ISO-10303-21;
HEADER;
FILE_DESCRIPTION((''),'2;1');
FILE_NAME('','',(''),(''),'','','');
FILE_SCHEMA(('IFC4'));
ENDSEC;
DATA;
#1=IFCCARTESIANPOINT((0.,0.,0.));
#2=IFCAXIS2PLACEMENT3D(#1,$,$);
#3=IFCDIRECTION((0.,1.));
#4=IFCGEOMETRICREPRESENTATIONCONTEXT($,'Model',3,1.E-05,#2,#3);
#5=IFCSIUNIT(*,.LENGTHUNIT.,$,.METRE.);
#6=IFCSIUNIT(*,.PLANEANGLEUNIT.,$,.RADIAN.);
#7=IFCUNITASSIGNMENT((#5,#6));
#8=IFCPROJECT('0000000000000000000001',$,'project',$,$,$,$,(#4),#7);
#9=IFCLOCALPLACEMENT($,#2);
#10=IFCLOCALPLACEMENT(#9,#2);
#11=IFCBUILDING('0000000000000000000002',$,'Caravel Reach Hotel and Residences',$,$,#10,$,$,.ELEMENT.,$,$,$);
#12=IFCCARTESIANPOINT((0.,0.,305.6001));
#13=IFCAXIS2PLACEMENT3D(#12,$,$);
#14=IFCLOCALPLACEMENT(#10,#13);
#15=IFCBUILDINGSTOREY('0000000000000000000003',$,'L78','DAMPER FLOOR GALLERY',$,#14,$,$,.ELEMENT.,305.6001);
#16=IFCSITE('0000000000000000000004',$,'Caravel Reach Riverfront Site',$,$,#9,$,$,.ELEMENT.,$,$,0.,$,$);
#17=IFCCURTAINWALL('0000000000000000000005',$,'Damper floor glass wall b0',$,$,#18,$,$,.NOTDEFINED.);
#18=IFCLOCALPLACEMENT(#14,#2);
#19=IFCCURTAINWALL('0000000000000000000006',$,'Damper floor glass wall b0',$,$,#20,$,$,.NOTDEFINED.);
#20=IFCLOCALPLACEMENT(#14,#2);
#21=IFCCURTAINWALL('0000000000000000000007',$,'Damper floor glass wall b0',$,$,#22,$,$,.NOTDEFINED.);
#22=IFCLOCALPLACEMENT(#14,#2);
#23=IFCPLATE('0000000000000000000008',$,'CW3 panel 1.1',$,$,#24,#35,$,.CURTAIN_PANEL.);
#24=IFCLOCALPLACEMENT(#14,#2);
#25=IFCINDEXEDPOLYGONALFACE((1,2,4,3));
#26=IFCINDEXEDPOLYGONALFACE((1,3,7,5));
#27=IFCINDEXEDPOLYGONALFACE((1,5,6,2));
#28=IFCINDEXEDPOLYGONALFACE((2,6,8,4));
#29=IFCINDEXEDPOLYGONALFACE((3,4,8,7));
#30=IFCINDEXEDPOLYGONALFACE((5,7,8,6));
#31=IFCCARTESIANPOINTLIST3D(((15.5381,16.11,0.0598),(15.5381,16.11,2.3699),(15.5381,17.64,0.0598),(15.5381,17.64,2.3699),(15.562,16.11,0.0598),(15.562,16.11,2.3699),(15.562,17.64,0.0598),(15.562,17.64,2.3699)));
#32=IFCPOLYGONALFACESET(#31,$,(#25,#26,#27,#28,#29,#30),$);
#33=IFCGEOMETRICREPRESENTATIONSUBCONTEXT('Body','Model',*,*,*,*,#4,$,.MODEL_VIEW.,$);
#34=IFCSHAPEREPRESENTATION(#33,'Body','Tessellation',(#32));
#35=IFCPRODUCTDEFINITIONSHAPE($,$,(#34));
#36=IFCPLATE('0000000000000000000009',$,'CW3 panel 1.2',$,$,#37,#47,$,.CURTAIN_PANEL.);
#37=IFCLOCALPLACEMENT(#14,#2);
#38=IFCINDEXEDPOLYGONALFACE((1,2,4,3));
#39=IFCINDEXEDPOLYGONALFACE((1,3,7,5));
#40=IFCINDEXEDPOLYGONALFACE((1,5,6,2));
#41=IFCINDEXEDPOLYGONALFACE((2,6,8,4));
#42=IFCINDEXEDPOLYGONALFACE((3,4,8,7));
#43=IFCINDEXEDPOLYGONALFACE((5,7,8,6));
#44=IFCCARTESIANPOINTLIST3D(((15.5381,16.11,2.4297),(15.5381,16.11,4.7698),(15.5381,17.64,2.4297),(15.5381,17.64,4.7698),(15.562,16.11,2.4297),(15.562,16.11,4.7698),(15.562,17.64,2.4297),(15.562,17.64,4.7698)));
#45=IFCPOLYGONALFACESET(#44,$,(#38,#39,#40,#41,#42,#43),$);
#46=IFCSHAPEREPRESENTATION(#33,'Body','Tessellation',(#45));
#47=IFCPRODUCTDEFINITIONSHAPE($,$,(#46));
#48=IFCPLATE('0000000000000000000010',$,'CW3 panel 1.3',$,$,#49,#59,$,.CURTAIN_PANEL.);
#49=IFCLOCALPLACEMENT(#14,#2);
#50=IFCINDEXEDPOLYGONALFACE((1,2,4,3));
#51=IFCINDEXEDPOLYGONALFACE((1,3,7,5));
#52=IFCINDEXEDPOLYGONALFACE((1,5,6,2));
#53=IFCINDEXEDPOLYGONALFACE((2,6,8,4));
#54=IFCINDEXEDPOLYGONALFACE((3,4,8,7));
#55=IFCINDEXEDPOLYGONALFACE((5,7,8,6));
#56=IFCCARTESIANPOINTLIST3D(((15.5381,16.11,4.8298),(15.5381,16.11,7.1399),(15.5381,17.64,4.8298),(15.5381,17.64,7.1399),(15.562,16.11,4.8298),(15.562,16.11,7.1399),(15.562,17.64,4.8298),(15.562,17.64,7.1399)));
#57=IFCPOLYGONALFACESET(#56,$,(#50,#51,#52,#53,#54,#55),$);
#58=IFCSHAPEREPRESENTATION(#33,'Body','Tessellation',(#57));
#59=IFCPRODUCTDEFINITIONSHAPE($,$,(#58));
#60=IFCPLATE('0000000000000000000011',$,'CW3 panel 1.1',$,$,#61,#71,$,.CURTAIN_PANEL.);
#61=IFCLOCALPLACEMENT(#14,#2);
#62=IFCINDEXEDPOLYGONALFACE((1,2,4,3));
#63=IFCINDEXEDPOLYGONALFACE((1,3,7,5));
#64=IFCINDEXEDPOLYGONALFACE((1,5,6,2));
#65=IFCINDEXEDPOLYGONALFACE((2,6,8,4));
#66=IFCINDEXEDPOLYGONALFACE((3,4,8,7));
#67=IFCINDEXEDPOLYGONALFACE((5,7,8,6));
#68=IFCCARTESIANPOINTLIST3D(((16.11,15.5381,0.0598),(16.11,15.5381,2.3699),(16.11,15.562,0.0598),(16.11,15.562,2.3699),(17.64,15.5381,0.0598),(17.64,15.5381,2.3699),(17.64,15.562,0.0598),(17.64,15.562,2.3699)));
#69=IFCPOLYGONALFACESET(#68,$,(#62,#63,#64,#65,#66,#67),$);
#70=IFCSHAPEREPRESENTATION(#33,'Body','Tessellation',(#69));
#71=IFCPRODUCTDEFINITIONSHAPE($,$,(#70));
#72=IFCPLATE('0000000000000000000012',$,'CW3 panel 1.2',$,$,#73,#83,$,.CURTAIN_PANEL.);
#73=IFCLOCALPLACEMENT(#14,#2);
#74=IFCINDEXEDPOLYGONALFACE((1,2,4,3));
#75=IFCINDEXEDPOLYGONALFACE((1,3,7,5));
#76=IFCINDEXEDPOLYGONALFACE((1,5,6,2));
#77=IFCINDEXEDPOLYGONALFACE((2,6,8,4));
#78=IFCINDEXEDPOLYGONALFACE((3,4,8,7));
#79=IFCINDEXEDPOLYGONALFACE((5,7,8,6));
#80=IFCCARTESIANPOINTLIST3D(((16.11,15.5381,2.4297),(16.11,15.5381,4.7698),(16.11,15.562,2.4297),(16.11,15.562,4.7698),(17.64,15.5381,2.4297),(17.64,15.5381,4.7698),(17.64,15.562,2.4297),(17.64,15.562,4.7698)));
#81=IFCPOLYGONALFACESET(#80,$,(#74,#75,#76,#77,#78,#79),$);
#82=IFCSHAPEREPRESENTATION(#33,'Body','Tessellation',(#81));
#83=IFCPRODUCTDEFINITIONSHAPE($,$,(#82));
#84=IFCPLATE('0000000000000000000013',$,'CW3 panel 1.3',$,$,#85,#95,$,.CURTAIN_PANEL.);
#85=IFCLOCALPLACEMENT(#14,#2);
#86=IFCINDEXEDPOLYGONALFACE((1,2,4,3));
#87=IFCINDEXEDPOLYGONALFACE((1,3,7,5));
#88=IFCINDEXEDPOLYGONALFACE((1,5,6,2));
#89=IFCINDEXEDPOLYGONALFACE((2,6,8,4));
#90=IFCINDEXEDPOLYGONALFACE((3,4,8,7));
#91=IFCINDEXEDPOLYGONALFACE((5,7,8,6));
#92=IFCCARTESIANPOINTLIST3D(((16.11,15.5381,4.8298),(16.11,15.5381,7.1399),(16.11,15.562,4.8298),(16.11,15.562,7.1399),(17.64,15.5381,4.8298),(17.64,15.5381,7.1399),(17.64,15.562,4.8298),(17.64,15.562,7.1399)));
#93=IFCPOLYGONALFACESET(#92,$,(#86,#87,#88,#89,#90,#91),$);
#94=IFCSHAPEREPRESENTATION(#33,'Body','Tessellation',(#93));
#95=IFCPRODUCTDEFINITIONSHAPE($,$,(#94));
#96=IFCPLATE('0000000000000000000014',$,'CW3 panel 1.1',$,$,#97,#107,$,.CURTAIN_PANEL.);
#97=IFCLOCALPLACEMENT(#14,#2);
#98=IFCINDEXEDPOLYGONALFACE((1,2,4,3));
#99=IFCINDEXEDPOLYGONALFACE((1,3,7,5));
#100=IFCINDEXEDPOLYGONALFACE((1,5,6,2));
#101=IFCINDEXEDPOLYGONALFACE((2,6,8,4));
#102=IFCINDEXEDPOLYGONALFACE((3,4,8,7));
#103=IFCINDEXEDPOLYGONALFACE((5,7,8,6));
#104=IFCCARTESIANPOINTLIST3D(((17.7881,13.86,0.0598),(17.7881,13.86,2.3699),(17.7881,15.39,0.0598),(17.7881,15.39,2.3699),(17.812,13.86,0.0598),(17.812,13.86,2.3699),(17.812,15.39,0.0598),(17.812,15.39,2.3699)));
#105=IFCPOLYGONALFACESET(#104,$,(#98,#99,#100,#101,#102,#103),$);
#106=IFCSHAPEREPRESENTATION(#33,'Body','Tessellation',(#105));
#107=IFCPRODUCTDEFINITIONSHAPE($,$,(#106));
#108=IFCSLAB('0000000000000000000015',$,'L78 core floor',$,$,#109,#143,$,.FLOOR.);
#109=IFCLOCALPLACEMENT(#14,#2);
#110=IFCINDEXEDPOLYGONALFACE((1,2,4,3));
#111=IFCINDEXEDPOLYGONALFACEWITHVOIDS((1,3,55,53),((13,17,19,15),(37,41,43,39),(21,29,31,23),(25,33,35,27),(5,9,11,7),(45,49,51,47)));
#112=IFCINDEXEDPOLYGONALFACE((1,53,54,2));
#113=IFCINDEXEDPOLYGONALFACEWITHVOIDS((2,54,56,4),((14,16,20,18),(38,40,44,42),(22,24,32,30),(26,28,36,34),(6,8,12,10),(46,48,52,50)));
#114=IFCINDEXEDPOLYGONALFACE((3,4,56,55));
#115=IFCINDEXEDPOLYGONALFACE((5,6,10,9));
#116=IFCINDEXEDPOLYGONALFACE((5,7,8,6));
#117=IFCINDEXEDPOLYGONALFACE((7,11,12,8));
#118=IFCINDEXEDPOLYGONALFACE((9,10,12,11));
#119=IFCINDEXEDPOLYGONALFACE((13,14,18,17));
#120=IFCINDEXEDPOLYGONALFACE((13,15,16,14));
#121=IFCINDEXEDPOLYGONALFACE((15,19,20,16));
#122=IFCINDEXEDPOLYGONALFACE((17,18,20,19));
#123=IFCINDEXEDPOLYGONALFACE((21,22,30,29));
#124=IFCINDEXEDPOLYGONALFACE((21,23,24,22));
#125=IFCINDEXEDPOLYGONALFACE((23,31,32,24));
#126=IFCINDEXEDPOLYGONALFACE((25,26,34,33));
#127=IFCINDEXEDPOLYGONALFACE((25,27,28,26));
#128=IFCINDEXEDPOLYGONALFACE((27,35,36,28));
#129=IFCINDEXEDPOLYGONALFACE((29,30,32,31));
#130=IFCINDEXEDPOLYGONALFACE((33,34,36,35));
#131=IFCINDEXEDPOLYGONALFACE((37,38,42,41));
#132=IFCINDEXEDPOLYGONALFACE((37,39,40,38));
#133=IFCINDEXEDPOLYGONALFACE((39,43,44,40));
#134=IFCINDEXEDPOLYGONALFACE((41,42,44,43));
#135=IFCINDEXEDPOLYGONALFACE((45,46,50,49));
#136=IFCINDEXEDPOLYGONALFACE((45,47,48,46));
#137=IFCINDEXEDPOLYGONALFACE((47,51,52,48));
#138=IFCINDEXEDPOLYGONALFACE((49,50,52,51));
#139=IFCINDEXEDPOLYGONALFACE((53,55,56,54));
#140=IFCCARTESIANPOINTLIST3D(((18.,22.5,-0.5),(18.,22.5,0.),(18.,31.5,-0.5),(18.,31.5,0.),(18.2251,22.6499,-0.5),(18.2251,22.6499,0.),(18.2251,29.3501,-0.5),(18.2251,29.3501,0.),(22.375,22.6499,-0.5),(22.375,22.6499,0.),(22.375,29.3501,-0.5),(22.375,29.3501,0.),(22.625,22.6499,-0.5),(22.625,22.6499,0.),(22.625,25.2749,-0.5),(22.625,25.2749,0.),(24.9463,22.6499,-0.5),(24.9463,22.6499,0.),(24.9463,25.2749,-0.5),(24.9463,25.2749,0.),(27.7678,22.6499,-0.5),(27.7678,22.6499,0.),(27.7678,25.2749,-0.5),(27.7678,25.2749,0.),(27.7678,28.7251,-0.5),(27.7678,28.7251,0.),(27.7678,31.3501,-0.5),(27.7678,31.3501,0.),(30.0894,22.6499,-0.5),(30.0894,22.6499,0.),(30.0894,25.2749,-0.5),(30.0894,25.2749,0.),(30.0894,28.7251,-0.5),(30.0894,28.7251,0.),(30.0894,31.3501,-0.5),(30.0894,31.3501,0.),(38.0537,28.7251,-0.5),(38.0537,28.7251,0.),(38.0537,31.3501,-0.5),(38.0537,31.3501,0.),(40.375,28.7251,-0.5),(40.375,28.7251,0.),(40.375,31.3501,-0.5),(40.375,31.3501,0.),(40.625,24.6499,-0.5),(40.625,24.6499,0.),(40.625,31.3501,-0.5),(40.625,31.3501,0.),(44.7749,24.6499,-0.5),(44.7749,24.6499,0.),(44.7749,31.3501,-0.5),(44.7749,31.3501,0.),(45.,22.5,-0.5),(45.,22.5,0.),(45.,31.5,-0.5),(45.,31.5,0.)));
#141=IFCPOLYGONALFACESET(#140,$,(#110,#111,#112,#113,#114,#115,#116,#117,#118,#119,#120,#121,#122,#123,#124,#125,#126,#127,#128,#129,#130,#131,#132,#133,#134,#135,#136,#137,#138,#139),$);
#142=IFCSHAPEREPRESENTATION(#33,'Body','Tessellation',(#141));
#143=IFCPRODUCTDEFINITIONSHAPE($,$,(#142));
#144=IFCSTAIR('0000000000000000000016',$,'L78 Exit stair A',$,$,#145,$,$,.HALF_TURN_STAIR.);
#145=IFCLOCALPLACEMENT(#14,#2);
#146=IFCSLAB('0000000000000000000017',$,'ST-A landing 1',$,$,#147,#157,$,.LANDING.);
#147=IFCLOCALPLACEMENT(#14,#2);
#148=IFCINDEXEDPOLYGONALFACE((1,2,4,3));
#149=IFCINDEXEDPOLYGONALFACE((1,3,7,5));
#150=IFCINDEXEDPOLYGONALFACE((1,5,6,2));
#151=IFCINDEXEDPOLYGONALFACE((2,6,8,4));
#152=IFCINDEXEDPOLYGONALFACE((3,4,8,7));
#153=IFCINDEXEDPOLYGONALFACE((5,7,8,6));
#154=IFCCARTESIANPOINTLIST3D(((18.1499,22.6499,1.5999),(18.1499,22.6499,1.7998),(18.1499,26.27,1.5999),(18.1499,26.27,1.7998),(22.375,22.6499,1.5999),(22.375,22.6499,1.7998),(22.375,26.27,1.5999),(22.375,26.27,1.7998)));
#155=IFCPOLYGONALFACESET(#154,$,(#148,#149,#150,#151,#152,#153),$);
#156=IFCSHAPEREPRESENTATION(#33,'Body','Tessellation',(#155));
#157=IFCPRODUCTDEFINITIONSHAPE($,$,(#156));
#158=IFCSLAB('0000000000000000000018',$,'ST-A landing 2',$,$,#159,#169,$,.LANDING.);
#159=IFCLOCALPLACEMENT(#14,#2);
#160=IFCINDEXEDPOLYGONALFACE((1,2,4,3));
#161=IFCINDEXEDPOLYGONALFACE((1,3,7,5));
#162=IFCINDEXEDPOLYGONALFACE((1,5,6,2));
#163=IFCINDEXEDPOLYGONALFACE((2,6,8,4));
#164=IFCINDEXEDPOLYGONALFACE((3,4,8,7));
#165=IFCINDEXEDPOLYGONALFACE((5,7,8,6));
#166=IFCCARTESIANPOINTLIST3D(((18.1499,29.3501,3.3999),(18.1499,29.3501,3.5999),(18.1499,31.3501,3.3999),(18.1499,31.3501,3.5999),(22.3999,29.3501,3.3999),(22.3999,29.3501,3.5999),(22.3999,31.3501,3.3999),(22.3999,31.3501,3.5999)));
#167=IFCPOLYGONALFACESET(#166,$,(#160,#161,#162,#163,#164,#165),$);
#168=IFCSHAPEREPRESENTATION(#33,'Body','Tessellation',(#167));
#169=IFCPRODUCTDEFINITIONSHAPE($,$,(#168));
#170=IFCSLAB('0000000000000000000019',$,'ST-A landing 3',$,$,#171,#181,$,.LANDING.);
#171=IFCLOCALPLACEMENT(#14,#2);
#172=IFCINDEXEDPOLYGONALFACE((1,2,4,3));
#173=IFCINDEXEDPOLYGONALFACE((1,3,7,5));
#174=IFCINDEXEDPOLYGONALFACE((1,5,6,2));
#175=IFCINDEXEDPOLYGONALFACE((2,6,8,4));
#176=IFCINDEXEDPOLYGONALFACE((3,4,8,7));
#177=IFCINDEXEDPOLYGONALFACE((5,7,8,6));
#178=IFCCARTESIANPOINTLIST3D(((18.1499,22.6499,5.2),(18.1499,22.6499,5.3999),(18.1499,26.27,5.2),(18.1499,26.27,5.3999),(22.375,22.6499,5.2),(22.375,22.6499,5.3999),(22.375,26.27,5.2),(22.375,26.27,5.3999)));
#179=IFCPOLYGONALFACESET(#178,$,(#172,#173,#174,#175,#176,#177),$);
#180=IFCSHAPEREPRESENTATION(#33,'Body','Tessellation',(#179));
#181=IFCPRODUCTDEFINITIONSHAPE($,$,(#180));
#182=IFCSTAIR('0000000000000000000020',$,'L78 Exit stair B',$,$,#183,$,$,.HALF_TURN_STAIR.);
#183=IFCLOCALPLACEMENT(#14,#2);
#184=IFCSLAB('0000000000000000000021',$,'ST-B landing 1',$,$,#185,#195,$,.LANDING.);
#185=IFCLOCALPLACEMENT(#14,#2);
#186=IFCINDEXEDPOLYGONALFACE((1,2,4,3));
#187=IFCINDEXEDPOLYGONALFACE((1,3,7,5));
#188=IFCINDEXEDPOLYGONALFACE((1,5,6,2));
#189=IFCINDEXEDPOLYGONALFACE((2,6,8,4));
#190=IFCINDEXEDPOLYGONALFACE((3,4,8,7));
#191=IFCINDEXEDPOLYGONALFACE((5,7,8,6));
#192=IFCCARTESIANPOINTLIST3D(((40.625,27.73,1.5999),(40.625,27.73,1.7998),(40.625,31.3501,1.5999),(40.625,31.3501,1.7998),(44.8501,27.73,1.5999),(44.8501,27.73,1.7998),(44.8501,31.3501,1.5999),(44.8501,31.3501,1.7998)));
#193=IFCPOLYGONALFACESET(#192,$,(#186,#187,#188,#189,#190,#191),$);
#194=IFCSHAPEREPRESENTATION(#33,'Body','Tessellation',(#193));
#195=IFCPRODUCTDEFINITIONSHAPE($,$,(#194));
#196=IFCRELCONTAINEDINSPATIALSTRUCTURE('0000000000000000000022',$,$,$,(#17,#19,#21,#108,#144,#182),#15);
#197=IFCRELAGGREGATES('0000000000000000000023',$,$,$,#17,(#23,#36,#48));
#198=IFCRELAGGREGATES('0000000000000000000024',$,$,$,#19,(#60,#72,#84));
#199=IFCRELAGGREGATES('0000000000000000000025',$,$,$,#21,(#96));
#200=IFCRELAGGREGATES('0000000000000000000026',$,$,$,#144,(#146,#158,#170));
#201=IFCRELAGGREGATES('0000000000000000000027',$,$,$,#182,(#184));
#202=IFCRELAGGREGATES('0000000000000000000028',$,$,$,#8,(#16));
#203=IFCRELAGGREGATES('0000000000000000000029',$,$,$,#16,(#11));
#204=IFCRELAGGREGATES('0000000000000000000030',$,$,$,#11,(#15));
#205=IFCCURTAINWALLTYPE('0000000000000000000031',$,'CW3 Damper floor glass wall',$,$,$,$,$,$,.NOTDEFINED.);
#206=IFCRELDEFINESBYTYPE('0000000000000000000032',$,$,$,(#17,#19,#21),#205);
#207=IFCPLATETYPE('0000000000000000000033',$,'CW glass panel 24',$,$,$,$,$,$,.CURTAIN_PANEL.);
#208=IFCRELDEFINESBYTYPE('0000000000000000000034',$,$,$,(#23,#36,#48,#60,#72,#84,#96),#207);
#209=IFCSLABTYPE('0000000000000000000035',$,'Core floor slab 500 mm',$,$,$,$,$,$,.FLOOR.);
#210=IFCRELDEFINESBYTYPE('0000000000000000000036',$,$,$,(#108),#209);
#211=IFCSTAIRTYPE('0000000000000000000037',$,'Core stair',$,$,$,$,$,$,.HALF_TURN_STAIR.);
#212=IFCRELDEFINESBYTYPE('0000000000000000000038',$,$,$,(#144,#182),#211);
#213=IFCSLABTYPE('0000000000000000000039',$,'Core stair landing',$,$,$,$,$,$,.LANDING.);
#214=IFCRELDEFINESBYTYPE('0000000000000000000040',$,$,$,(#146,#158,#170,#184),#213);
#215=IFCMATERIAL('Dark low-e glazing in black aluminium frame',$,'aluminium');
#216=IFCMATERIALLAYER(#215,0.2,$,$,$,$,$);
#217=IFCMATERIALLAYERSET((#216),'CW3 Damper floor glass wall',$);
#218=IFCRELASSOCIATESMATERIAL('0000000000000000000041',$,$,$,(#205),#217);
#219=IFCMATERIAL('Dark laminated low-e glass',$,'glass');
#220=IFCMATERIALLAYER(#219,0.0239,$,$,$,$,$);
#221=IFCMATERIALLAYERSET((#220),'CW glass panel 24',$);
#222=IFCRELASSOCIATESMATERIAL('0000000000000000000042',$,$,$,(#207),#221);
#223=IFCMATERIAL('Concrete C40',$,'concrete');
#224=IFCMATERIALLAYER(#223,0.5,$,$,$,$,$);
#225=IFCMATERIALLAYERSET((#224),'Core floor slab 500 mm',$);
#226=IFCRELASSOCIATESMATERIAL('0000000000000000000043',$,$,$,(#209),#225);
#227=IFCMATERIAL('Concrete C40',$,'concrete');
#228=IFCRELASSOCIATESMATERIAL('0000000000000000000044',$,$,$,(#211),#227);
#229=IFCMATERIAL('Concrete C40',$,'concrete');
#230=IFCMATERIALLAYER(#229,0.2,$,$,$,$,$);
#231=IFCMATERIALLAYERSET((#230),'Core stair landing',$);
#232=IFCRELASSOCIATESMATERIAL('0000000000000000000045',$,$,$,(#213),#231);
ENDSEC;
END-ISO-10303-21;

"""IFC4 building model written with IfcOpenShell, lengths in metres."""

from ifc_helpers import new_model, si_unit, direction, frame, origin, origin_2d, place, context, subcontext, project, spatial, polyline, rectangle, outline, extrude, material, layer, layer_set, type_object, element, aggregate, save


model = new_model("IFC4")

# Units and contexts
model_context = context("Model", 3, precision=1e-05, world=origin(), true_north=direction((0.0, 1.0)))
body_context = subcontext(model_context, "Body", "Model", "MODEL_VIEW")
ifc_project = project(units=[si_unit("LENGTHUNIT", "METRE"), si_unit("PLANEANGLEUNIT", "RADIAN")], contexts=[model_context])

# Site, building, storey
site_placement = place(None, origin())
site = spatial("IfcSite", under=ifc_project, at=site_placement, Name="Caravel Reach Riverfront Site", CompositionType="ELEMENT", RefElevation=0.0)
building_placement = place(site_placement, origin())
building = spatial("IfcBuilding", under=site, at=building_placement, Name="Caravel Reach Hotel and Residences", CompositionType="ELEMENT")
storey_placement = place(building_placement, frame((0.0, 0.0, 305.6001)))
storey = spatial("IfcBuildingStorey", under=building, at=storey_placement, Name="L78", Description="DAMPER FLOOR GALLERY", CompositionType="ELEMENT", Elevation=305.6001)

# Curtain wall
ifc_material_1 = material(Name="Dark low-e glazing in black aluminium frame", Category="aluminium")
ifc_layer_1 = layer(ifc_material_1, 0.2)
ifc_layer_set_1 = layer_set([ifc_layer_1], Name="CW3 Damper floor glass wall")
curtain_wall_type = type_object("IfcCurtainWallType", Name="CW3 Damper floor glass wall", PredefinedType="NOTDEFINED", material=ifc_layer_set_1)
curtain_wall_1_placement = place(storey_placement, origin())
curtain_wall_1 = element("IfcCurtainWall", 1, at=curtain_wall_1_placement, inside=storey, type_object=curtain_wall_type, Name="Damper floor glass wall b0", PredefinedType="NOTDEFINED")

# Curtain wall
curtain_wall_2_placement = place(storey_placement, origin())
curtain_wall_2 = element("IfcCurtainWall", 2, at=curtain_wall_2_placement, inside=storey, type_object=curtain_wall_type, Name="Damper floor glass wall b0", PredefinedType="NOTDEFINED")

# Curtain wall
curtain_wall_3_placement = place(storey_placement, origin())
curtain_wall_3 = element("IfcCurtainWall", 3, at=curtain_wall_3_placement, inside=storey, type_object=curtain_wall_type, Name="Damper floor glass wall b0", PredefinedType="NOTDEFINED")

# Plates
ifc_material_2 = material(Name="Dark laminated low-e glass", Category="glass")
ifc_layer_2 = layer(ifc_material_2, 0.0239)
ifc_layer_set_2 = layer_set([ifc_layer_2], Name="CW glass panel 24")
plate_type = type_object("IfcPlateType", Name="CW glass panel 24", PredefinedType="CURTAIN_PANEL", material=ifc_layer_set_2)
plate_1_placement = place(storey_placement, frame((15.55, 16.875, 0.0598), z_axis=(0.0, 0.0, 1.0), x_axis=(0.0, -1.0, 0.0)))
plate_1 = element("IfcPlate", 4, at=plate_1_placement, type_object=plate_type, Name="CW3 panel 1.1", PredefinedType="CURTAIN_PANEL", context=body_context, shape_type="SweptSolid", body=[
    extrude(rectangle(XDim=1.53, YDim=0.0239, at=origin_2d()), origin(), (0.0, 0.0, 1.0), 2.3101),
])
plate_2_placement = place(storey_placement, frame((15.55, 16.875, 2.4297), z_axis=(0.0, 0.0, 1.0), x_axis=(0.0, -1.0, 0.0)))
plate_2 = element("IfcPlate", 5, at=plate_2_placement, type_object=plate_type, Name="CW3 panel 1.2", PredefinedType="CURTAIN_PANEL", context=body_context, shape_type="SweptSolid", body=[
    extrude(rectangle(XDim=1.53, YDim=0.0239, at=origin_2d()), origin(), (0.0, 0.0, 1.0), 2.3401),
])
plate_3_placement = place(storey_placement, frame((15.55, 16.875, 4.8298), z_axis=(0.0, 0.0, 1.0), x_axis=(0.0, -1.0, 0.0)))
plate_3 = element("IfcPlate", 6, at=plate_3_placement, type_object=plate_type, Name="CW3 panel 1.3", PredefinedType="CURTAIN_PANEL", context=body_context, shape_type="SweptSolid", body=[
    extrude(rectangle(XDim=1.53, YDim=0.0239, at=origin_2d()), origin(), (0.0, 0.0, 1.0), 2.3101),
])
aggregate(curtain_wall_1, [plate_1, plate_2, plate_3])
plate_4_placement = place(storey_placement, frame((16.875, 15.55, 0.0598), z_axis=(0.0, 0.0, 1.0), x_axis=(1.0, 0.0, 0.0)))
plate_4 = element("IfcPlate", 7, at=plate_4_placement, type_object=plate_type, Name="CW3 panel 1.1", PredefinedType="CURTAIN_PANEL", context=body_context, shape_type="SweptSolid", body=[
    extrude(rectangle(XDim=1.53, YDim=0.0239, at=origin_2d()), origin(), (0.0, 0.0, 1.0), 2.3101),
])
plate_5_placement = place(storey_placement, frame((16.875, 15.55, 2.4297), z_axis=(0.0, 0.0, 1.0), x_axis=(1.0, 0.0, 0.0)))
plate_5 = element("IfcPlate", 8, at=plate_5_placement, type_object=plate_type, Name="CW3 panel 1.2", PredefinedType="CURTAIN_PANEL", context=body_context, shape_type="SweptSolid", body=[
    extrude(rectangle(XDim=1.53, YDim=0.0239, at=origin_2d()), origin(), (0.0, 0.0, 1.0), 2.3401),
])
plate_6_placement = place(storey_placement, frame((16.875, 15.55, 4.8298), z_axis=(0.0, 0.0, 1.0), x_axis=(1.0, 0.0, 0.0)))
plate_6 = element("IfcPlate", 9, at=plate_6_placement, type_object=plate_type, Name="CW3 panel 1.3", PredefinedType="CURTAIN_PANEL", context=body_context, shape_type="SweptSolid", body=[
    extrude(rectangle(XDim=1.53, YDim=0.0239, at=origin_2d()), origin(), (0.0, 0.0, 1.0), 2.3101),
])
aggregate(curtain_wall_2, [plate_4, plate_5, plate_6])
plate_7_placement = place(storey_placement, frame((17.8, 14.625, 0.0598), z_axis=(0.0, 0.0, 1.0), x_axis=(0.0, -1.0, 0.0)))
plate_7 = element("IfcPlate", 10, at=plate_7_placement, type_object=plate_type, Name="CW3 panel 1.1", PredefinedType="CURTAIN_PANEL", context=body_context, shape_type="SweptSolid", body=[
    extrude(rectangle(XDim=1.53, YDim=0.0239, at=origin_2d()), origin(), (0.0, 0.0, 1.0), 2.3101),
])
aggregate(curtain_wall_3, [plate_7])

# Slab
ifc_material_3 = material(Name="Concrete C40", Category="concrete")
ifc_layer_3 = layer(ifc_material_3, 0.5)
ifc_layer_set_3 = layer_set([ifc_layer_3], Name="Core floor slab 500 mm")
slab_type_1 = type_object("IfcSlabType", Name="Core floor slab 500 mm", PredefinedType="FLOOR", material=ifc_layer_set_3)
slab_1_placement = place(storey_placement, frame((0.0, 0.0, -0.5)))
element("IfcSlab", 11, at=slab_1_placement, inside=storey, type_object=slab_type_1, Name="L78 core floor", PredefinedType="FLOOR", context=body_context, shape_type="SweptSolid", body=[
    extrude(outline(polyline([(18.0, 31.5), (45.0, 31.5), (45.0, 22.5), (18.0, 22.5), (18.0, 31.5)]), holes=[polyline([(22.625, 22.6499), (24.9463, 22.6499), (24.9463, 25.2749), (22.625, 25.2749), (22.625, 22.6499)]), polyline([(27.7678, 25.2749), (27.7678, 22.6499), (30.0894, 22.6499), (30.0894, 25.2749), (27.7678, 25.2749)]), polyline([(22.375, 22.6499), (22.375, 29.3501), (18.2251, 29.3501), (18.2251, 22.6499), (22.375, 22.6499)]), polyline([(40.625, 24.6499), (44.7749, 24.6499), (44.7749, 31.3501), (40.625, 31.3501), (40.625, 24.6499)]), polyline([(27.7678, 31.3501), (27.7678, 28.7251), (30.0894, 28.7251), (30.0894, 31.3501), (27.7678, 31.3501)]), polyline([(38.0537, 31.3501), (38.0537, 28.7251), (40.375, 28.7251), (40.375, 31.3501), (38.0537, 31.3501)])]), origin(), (0.0, 0.0, 1.0), 0.5),
])

# Stairs, slabs
ifc_material_4 = material(Name="Concrete C40", Category="concrete")
stair_type = type_object("IfcStairType", Name="Core stair", PredefinedType="HALF_TURN_STAIR", material=ifc_material_4)
stair_1_placement = place(storey_placement, origin())
stair_1 = element("IfcStair", 12, at=stair_1_placement, inside=storey, type_object=stair_type, Name="L78 Exit stair A", PredefinedType="HALF_TURN_STAIR")
ifc_material_5 = material(Name="Concrete C40", Category="concrete")
ifc_layer_4 = layer(ifc_material_5, 0.2)
ifc_layer_set_4 = layer_set([ifc_layer_4], Name="Core stair landing")
slab_type_2 = type_object("IfcSlabType", Name="Core stair landing", PredefinedType="LANDING", material=ifc_layer_set_4)
slab_2_placement = place(storey_placement, frame((0.0, 0.0, 1.5999)))
slab_2 = element("IfcSlab", 13, at=slab_2_placement, type_object=slab_type_2, Name="ST-A landing 1", PredefinedType="LANDING", context=body_context, shape_type="SweptSolid", body=[
    extrude(outline(polyline([(18.1499, 26.27), (18.1499, 22.6499), (22.375, 22.6499), (22.375, 26.27), (18.1499, 26.27)])), origin(), (0.0, 0.0, 1.0), 0.2),
])
slab_3_placement = place(storey_placement, frame((0.0, 0.0, 3.3999)))
slab_3 = element("IfcSlab", 14, at=slab_3_placement, type_object=slab_type_2, Name="ST-A landing 2", PredefinedType="LANDING", context=body_context, shape_type="SweptSolid", body=[
    extrude(outline(polyline([(18.1499, 31.3501), (18.1499, 29.3501), (22.3999, 29.3501), (22.3999, 31.3501), (18.1499, 31.3501)])), origin(), (0.0, 0.0, 1.0), 0.2),
])
slab_4_placement = place(storey_placement, frame((0.0, 0.0, 5.2)))
slab_4 = element("IfcSlab", 15, at=slab_4_placement, type_object=slab_type_2, Name="ST-A landing 3", PredefinedType="LANDING", context=body_context, shape_type="SweptSolid", body=[
    extrude(outline(polyline([(18.1499, 26.27), (18.1499, 22.6499), (22.375, 22.6499), (22.375, 26.27), (18.1499, 26.27)])), origin(), (0.0, 0.0, 1.0), 0.2),
])
aggregate(stair_1, [slab_2, slab_3, slab_4])
stair_2_placement = place(storey_placement, origin())
stair_2 = element("IfcStair", 16, at=stair_2_placement, inside=storey, type_object=stair_type, Name="L78 Exit stair B", PredefinedType="HALF_TURN_STAIR")
slab_5_placement = place(storey_placement, frame((0.0, 0.0, 1.5999)))
slab_5 = element("IfcSlab", 17, at=slab_5_placement, type_object=slab_type_2, Name="ST-B landing 1", PredefinedType="LANDING", context=body_context, shape_type="SweptSolid", body=[
    extrude(outline(polyline([(44.8501, 27.73), (44.8501, 31.3501), (40.625, 31.3501), (40.625, 27.73), (44.8501, 27.73)])), origin(), (0.0, 0.0, 1.0), 0.2),
])
aggregate(stair_2, [slab_5])

save(model, "model.ifc")
